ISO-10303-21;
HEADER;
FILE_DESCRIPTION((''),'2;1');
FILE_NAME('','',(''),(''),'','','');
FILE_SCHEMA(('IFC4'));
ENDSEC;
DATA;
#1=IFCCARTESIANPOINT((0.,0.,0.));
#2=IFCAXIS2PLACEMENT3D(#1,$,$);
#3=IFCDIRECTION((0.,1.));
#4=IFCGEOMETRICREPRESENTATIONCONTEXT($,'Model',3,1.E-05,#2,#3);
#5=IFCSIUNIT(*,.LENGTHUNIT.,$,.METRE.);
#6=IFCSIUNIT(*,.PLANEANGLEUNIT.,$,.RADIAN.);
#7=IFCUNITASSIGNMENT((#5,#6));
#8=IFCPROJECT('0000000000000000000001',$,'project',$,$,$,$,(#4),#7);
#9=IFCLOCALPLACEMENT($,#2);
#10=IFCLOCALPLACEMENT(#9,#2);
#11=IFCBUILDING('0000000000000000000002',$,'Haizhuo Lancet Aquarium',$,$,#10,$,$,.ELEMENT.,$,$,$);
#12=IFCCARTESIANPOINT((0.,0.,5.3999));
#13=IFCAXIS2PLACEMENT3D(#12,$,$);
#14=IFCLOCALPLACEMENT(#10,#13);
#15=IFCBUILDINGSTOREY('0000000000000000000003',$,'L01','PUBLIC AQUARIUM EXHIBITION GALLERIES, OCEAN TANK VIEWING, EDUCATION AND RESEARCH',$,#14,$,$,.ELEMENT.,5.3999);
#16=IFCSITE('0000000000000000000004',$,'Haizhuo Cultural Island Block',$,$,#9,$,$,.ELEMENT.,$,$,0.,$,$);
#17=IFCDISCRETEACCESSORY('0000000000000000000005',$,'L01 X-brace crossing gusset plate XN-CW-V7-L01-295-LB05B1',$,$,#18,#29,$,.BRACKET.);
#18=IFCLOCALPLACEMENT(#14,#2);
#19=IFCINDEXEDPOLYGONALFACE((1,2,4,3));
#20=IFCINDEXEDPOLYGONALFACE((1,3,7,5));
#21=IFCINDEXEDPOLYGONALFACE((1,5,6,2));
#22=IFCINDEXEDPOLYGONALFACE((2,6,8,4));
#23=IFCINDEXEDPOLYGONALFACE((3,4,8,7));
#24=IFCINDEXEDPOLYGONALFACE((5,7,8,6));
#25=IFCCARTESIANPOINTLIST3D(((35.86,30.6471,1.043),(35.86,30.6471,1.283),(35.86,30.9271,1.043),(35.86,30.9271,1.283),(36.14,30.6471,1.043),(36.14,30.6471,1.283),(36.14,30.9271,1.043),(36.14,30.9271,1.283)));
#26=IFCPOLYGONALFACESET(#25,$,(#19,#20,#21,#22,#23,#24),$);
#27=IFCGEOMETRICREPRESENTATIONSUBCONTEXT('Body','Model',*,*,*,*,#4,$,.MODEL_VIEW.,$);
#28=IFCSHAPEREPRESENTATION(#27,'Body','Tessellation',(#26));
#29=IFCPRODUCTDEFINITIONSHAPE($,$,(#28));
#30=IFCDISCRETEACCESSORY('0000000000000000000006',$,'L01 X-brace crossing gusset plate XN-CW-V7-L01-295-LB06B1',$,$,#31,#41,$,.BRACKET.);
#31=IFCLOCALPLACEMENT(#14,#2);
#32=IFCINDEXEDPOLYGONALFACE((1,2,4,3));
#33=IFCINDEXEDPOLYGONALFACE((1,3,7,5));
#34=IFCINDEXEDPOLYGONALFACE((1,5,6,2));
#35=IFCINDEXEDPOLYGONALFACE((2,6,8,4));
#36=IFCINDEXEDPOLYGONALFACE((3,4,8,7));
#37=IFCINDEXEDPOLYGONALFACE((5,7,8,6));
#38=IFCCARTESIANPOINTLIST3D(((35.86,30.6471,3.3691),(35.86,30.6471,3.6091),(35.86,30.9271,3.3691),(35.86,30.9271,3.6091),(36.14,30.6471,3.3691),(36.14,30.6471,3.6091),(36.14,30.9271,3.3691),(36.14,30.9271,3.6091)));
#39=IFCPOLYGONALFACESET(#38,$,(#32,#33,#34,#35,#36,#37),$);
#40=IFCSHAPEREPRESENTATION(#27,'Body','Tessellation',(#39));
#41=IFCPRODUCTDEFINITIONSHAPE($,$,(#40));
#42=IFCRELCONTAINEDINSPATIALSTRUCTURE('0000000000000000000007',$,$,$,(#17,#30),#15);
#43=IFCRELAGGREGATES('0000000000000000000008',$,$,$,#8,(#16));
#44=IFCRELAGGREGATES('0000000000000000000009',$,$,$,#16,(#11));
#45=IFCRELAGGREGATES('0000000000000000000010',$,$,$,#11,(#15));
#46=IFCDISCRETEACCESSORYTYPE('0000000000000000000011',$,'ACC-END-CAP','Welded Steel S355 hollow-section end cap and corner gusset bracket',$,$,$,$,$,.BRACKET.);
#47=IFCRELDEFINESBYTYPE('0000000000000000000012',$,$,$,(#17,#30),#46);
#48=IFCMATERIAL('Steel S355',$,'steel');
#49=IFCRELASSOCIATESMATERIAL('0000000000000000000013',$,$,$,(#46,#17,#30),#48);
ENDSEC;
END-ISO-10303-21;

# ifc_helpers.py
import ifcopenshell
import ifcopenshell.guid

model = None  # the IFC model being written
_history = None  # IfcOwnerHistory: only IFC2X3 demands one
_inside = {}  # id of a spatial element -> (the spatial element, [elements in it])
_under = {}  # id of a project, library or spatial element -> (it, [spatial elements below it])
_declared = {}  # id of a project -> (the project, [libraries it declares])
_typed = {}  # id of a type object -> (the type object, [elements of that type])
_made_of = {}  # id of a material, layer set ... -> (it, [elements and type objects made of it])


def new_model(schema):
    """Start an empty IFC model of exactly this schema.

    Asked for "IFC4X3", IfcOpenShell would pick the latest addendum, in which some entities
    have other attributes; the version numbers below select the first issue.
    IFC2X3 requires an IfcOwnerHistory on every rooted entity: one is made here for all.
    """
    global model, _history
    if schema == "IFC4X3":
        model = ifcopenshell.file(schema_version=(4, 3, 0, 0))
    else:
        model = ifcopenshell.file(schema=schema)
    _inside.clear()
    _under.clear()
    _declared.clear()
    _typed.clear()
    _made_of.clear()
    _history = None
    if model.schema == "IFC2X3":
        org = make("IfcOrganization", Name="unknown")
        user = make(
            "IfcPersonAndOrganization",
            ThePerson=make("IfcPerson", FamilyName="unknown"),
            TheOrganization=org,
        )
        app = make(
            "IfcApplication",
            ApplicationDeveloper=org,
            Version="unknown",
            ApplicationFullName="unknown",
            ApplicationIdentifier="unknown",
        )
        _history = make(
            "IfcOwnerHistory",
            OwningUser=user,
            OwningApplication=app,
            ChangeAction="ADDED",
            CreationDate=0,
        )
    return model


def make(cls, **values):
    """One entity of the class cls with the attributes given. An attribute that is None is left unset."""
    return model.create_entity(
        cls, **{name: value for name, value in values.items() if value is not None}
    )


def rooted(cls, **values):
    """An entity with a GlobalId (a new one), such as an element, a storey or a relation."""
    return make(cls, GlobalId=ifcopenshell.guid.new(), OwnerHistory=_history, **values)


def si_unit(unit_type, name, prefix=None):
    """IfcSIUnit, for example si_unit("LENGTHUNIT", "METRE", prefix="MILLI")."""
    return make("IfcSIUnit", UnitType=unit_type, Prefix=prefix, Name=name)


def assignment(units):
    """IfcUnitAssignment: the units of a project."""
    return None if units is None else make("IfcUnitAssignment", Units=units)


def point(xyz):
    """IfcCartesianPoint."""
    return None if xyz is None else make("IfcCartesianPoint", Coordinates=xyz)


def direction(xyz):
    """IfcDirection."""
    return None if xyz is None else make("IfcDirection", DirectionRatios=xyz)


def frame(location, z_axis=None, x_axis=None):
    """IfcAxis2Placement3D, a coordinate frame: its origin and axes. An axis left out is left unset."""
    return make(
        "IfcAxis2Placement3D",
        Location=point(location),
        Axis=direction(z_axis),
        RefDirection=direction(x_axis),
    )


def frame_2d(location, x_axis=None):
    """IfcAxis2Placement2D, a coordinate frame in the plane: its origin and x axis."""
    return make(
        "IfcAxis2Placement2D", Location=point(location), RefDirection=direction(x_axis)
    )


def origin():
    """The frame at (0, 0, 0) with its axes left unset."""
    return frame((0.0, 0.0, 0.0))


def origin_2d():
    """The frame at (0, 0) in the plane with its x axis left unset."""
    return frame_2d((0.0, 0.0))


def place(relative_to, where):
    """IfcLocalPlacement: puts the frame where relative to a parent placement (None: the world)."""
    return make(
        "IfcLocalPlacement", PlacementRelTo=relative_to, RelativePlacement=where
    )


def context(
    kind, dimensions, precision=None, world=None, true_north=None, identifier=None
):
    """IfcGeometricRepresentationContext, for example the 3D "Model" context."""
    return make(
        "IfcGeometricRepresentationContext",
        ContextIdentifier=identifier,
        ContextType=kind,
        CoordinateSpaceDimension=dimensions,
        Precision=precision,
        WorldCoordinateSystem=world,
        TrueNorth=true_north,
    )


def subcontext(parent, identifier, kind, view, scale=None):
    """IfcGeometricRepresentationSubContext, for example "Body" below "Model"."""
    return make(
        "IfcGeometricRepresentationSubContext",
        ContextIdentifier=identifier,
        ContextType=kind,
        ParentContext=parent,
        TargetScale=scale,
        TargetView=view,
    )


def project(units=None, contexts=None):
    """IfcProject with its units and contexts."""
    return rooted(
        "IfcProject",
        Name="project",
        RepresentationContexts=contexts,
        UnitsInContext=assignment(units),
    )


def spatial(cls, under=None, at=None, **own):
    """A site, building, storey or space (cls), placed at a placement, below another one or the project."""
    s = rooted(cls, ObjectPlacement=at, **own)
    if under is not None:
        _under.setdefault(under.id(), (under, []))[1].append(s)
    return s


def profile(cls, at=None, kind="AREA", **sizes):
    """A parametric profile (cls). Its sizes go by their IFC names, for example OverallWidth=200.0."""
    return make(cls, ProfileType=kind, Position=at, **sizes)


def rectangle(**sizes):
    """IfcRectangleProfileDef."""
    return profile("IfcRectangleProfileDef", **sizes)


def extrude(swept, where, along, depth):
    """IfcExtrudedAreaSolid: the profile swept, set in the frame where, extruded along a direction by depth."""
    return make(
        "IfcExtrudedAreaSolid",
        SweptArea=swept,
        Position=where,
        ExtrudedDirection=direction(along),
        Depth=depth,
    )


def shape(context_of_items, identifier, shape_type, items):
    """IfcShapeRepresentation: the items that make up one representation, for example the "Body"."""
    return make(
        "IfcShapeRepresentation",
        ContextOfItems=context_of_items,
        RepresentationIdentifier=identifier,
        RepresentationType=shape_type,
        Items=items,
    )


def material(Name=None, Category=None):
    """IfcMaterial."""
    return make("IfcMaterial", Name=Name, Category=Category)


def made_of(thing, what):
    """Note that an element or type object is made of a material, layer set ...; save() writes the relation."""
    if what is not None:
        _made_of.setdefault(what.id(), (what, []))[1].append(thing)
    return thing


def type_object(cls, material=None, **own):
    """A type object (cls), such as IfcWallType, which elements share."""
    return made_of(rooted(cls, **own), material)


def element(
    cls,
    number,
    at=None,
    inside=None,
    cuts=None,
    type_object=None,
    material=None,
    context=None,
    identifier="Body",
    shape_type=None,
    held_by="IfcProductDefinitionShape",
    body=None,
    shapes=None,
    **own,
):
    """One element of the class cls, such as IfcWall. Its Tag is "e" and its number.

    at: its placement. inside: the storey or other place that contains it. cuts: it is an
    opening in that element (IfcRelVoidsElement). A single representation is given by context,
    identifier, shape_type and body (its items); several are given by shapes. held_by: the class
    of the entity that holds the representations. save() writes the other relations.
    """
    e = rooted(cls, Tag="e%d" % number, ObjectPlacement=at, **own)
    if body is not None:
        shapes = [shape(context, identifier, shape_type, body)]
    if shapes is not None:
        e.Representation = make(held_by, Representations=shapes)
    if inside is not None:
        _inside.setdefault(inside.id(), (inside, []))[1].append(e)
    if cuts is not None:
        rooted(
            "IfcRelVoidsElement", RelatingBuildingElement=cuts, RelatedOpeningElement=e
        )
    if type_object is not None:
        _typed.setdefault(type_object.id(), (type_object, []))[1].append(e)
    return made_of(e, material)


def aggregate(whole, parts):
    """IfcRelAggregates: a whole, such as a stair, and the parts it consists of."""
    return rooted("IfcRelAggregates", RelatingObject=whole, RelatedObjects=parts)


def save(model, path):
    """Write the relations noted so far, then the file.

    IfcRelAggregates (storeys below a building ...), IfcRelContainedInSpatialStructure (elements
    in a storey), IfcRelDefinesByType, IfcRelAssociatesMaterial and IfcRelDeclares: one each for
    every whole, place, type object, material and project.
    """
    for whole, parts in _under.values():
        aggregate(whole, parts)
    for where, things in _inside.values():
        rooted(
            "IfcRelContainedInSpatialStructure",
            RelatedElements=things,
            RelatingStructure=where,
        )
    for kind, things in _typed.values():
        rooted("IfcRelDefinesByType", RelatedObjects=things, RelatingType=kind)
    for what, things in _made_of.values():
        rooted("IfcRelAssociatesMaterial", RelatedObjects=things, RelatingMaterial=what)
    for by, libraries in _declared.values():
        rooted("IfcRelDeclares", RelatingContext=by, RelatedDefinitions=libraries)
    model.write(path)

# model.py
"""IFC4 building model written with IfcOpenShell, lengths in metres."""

from ifc_helpers import new_model, si_unit, direction, frame, origin, origin_2d, place, context, subcontext, project, spatial, rectangle, extrude, material, type_object, element, save


model = new_model("IFC4")

# Units and contexts
model_context = context("Model", 3, precision=1e-05, world=origin(), true_north=direction((0.0, 1.0)))
body_context = subcontext(model_context, "Body", "Model", "MODEL_VIEW")
ifc_project = project(units=[si_unit("LENGTHUNIT", "METRE"), si_unit("PLANEANGLEUNIT", "RADIAN")], contexts=[model_context])

# Site, building, storey
site_placement = place(None, origin())
site = spatial("IfcSite", under=ifc_project, at=site_placement, Name="Haizhuo Cultural Island Block", CompositionType="ELEMENT", RefElevation=0.0)
building_placement = place(site_placement, origin())
building = spatial("IfcBuilding", under=site, at=building_placement, Name="Haizhuo Lancet Aquarium", CompositionType="ELEMENT")
storey_placement = place(building_placement, frame((0.0, 0.0, 5.3999)))
storey = spatial("IfcBuildingStorey", under=building, at=storey_placement, Name="L01", Description="PUBLIC AQUARIUM EXHIBITION GALLERIES, OCEAN TANK VIEWING, EDUCATION AND RESEARCH", CompositionType="ELEMENT", Elevation=5.3999)

# Shared definitions
ifc_material_1 = material(Name="Steel S355", Category="steel")

# Discrete accessories
discrete_accessory_type = type_object("IfcDiscreteAccessoryType", Name="ACC-END-CAP", Description="Welded Steel S355 hollow-section end cap and corner gusset bracket", PredefinedType="BRACKET", material=ifc_material_1)
for number, where, z_axis, x_axis, name in (
    (1, (36.0, 30.7871, 1.043), (0.0, 0.0, 1.0), (1.0, 0.0, 0.0), "L01 X-brace crossing gusset plate XN-CW-V7-L01-295-LB05B1"),
    (2, (36.0, 30.7871, 3.3691), (0.0, 0.0, 1.0), (1.0, 0.0, 0.0), "L01 X-brace crossing gusset plate XN-CW-V7-L01-295-LB06B1"),
):
    element("IfcDiscreteAccessory", number, at=place(storey_placement, frame(where, z_axis=z_axis, x_axis=x_axis)), inside=storey, type_object=discrete_accessory_type, material=ifc_material_1, Name=name, PredefinedType="BRACKET", context=body_context, shape_type="SweptSolid", body=[
        extrude(rectangle(XDim=0.28, YDim=0.28, at=origin_2d()), origin(), (0.0, 0.0, 1.0), 0.24),
    ])

save(model, "model.ifc")
